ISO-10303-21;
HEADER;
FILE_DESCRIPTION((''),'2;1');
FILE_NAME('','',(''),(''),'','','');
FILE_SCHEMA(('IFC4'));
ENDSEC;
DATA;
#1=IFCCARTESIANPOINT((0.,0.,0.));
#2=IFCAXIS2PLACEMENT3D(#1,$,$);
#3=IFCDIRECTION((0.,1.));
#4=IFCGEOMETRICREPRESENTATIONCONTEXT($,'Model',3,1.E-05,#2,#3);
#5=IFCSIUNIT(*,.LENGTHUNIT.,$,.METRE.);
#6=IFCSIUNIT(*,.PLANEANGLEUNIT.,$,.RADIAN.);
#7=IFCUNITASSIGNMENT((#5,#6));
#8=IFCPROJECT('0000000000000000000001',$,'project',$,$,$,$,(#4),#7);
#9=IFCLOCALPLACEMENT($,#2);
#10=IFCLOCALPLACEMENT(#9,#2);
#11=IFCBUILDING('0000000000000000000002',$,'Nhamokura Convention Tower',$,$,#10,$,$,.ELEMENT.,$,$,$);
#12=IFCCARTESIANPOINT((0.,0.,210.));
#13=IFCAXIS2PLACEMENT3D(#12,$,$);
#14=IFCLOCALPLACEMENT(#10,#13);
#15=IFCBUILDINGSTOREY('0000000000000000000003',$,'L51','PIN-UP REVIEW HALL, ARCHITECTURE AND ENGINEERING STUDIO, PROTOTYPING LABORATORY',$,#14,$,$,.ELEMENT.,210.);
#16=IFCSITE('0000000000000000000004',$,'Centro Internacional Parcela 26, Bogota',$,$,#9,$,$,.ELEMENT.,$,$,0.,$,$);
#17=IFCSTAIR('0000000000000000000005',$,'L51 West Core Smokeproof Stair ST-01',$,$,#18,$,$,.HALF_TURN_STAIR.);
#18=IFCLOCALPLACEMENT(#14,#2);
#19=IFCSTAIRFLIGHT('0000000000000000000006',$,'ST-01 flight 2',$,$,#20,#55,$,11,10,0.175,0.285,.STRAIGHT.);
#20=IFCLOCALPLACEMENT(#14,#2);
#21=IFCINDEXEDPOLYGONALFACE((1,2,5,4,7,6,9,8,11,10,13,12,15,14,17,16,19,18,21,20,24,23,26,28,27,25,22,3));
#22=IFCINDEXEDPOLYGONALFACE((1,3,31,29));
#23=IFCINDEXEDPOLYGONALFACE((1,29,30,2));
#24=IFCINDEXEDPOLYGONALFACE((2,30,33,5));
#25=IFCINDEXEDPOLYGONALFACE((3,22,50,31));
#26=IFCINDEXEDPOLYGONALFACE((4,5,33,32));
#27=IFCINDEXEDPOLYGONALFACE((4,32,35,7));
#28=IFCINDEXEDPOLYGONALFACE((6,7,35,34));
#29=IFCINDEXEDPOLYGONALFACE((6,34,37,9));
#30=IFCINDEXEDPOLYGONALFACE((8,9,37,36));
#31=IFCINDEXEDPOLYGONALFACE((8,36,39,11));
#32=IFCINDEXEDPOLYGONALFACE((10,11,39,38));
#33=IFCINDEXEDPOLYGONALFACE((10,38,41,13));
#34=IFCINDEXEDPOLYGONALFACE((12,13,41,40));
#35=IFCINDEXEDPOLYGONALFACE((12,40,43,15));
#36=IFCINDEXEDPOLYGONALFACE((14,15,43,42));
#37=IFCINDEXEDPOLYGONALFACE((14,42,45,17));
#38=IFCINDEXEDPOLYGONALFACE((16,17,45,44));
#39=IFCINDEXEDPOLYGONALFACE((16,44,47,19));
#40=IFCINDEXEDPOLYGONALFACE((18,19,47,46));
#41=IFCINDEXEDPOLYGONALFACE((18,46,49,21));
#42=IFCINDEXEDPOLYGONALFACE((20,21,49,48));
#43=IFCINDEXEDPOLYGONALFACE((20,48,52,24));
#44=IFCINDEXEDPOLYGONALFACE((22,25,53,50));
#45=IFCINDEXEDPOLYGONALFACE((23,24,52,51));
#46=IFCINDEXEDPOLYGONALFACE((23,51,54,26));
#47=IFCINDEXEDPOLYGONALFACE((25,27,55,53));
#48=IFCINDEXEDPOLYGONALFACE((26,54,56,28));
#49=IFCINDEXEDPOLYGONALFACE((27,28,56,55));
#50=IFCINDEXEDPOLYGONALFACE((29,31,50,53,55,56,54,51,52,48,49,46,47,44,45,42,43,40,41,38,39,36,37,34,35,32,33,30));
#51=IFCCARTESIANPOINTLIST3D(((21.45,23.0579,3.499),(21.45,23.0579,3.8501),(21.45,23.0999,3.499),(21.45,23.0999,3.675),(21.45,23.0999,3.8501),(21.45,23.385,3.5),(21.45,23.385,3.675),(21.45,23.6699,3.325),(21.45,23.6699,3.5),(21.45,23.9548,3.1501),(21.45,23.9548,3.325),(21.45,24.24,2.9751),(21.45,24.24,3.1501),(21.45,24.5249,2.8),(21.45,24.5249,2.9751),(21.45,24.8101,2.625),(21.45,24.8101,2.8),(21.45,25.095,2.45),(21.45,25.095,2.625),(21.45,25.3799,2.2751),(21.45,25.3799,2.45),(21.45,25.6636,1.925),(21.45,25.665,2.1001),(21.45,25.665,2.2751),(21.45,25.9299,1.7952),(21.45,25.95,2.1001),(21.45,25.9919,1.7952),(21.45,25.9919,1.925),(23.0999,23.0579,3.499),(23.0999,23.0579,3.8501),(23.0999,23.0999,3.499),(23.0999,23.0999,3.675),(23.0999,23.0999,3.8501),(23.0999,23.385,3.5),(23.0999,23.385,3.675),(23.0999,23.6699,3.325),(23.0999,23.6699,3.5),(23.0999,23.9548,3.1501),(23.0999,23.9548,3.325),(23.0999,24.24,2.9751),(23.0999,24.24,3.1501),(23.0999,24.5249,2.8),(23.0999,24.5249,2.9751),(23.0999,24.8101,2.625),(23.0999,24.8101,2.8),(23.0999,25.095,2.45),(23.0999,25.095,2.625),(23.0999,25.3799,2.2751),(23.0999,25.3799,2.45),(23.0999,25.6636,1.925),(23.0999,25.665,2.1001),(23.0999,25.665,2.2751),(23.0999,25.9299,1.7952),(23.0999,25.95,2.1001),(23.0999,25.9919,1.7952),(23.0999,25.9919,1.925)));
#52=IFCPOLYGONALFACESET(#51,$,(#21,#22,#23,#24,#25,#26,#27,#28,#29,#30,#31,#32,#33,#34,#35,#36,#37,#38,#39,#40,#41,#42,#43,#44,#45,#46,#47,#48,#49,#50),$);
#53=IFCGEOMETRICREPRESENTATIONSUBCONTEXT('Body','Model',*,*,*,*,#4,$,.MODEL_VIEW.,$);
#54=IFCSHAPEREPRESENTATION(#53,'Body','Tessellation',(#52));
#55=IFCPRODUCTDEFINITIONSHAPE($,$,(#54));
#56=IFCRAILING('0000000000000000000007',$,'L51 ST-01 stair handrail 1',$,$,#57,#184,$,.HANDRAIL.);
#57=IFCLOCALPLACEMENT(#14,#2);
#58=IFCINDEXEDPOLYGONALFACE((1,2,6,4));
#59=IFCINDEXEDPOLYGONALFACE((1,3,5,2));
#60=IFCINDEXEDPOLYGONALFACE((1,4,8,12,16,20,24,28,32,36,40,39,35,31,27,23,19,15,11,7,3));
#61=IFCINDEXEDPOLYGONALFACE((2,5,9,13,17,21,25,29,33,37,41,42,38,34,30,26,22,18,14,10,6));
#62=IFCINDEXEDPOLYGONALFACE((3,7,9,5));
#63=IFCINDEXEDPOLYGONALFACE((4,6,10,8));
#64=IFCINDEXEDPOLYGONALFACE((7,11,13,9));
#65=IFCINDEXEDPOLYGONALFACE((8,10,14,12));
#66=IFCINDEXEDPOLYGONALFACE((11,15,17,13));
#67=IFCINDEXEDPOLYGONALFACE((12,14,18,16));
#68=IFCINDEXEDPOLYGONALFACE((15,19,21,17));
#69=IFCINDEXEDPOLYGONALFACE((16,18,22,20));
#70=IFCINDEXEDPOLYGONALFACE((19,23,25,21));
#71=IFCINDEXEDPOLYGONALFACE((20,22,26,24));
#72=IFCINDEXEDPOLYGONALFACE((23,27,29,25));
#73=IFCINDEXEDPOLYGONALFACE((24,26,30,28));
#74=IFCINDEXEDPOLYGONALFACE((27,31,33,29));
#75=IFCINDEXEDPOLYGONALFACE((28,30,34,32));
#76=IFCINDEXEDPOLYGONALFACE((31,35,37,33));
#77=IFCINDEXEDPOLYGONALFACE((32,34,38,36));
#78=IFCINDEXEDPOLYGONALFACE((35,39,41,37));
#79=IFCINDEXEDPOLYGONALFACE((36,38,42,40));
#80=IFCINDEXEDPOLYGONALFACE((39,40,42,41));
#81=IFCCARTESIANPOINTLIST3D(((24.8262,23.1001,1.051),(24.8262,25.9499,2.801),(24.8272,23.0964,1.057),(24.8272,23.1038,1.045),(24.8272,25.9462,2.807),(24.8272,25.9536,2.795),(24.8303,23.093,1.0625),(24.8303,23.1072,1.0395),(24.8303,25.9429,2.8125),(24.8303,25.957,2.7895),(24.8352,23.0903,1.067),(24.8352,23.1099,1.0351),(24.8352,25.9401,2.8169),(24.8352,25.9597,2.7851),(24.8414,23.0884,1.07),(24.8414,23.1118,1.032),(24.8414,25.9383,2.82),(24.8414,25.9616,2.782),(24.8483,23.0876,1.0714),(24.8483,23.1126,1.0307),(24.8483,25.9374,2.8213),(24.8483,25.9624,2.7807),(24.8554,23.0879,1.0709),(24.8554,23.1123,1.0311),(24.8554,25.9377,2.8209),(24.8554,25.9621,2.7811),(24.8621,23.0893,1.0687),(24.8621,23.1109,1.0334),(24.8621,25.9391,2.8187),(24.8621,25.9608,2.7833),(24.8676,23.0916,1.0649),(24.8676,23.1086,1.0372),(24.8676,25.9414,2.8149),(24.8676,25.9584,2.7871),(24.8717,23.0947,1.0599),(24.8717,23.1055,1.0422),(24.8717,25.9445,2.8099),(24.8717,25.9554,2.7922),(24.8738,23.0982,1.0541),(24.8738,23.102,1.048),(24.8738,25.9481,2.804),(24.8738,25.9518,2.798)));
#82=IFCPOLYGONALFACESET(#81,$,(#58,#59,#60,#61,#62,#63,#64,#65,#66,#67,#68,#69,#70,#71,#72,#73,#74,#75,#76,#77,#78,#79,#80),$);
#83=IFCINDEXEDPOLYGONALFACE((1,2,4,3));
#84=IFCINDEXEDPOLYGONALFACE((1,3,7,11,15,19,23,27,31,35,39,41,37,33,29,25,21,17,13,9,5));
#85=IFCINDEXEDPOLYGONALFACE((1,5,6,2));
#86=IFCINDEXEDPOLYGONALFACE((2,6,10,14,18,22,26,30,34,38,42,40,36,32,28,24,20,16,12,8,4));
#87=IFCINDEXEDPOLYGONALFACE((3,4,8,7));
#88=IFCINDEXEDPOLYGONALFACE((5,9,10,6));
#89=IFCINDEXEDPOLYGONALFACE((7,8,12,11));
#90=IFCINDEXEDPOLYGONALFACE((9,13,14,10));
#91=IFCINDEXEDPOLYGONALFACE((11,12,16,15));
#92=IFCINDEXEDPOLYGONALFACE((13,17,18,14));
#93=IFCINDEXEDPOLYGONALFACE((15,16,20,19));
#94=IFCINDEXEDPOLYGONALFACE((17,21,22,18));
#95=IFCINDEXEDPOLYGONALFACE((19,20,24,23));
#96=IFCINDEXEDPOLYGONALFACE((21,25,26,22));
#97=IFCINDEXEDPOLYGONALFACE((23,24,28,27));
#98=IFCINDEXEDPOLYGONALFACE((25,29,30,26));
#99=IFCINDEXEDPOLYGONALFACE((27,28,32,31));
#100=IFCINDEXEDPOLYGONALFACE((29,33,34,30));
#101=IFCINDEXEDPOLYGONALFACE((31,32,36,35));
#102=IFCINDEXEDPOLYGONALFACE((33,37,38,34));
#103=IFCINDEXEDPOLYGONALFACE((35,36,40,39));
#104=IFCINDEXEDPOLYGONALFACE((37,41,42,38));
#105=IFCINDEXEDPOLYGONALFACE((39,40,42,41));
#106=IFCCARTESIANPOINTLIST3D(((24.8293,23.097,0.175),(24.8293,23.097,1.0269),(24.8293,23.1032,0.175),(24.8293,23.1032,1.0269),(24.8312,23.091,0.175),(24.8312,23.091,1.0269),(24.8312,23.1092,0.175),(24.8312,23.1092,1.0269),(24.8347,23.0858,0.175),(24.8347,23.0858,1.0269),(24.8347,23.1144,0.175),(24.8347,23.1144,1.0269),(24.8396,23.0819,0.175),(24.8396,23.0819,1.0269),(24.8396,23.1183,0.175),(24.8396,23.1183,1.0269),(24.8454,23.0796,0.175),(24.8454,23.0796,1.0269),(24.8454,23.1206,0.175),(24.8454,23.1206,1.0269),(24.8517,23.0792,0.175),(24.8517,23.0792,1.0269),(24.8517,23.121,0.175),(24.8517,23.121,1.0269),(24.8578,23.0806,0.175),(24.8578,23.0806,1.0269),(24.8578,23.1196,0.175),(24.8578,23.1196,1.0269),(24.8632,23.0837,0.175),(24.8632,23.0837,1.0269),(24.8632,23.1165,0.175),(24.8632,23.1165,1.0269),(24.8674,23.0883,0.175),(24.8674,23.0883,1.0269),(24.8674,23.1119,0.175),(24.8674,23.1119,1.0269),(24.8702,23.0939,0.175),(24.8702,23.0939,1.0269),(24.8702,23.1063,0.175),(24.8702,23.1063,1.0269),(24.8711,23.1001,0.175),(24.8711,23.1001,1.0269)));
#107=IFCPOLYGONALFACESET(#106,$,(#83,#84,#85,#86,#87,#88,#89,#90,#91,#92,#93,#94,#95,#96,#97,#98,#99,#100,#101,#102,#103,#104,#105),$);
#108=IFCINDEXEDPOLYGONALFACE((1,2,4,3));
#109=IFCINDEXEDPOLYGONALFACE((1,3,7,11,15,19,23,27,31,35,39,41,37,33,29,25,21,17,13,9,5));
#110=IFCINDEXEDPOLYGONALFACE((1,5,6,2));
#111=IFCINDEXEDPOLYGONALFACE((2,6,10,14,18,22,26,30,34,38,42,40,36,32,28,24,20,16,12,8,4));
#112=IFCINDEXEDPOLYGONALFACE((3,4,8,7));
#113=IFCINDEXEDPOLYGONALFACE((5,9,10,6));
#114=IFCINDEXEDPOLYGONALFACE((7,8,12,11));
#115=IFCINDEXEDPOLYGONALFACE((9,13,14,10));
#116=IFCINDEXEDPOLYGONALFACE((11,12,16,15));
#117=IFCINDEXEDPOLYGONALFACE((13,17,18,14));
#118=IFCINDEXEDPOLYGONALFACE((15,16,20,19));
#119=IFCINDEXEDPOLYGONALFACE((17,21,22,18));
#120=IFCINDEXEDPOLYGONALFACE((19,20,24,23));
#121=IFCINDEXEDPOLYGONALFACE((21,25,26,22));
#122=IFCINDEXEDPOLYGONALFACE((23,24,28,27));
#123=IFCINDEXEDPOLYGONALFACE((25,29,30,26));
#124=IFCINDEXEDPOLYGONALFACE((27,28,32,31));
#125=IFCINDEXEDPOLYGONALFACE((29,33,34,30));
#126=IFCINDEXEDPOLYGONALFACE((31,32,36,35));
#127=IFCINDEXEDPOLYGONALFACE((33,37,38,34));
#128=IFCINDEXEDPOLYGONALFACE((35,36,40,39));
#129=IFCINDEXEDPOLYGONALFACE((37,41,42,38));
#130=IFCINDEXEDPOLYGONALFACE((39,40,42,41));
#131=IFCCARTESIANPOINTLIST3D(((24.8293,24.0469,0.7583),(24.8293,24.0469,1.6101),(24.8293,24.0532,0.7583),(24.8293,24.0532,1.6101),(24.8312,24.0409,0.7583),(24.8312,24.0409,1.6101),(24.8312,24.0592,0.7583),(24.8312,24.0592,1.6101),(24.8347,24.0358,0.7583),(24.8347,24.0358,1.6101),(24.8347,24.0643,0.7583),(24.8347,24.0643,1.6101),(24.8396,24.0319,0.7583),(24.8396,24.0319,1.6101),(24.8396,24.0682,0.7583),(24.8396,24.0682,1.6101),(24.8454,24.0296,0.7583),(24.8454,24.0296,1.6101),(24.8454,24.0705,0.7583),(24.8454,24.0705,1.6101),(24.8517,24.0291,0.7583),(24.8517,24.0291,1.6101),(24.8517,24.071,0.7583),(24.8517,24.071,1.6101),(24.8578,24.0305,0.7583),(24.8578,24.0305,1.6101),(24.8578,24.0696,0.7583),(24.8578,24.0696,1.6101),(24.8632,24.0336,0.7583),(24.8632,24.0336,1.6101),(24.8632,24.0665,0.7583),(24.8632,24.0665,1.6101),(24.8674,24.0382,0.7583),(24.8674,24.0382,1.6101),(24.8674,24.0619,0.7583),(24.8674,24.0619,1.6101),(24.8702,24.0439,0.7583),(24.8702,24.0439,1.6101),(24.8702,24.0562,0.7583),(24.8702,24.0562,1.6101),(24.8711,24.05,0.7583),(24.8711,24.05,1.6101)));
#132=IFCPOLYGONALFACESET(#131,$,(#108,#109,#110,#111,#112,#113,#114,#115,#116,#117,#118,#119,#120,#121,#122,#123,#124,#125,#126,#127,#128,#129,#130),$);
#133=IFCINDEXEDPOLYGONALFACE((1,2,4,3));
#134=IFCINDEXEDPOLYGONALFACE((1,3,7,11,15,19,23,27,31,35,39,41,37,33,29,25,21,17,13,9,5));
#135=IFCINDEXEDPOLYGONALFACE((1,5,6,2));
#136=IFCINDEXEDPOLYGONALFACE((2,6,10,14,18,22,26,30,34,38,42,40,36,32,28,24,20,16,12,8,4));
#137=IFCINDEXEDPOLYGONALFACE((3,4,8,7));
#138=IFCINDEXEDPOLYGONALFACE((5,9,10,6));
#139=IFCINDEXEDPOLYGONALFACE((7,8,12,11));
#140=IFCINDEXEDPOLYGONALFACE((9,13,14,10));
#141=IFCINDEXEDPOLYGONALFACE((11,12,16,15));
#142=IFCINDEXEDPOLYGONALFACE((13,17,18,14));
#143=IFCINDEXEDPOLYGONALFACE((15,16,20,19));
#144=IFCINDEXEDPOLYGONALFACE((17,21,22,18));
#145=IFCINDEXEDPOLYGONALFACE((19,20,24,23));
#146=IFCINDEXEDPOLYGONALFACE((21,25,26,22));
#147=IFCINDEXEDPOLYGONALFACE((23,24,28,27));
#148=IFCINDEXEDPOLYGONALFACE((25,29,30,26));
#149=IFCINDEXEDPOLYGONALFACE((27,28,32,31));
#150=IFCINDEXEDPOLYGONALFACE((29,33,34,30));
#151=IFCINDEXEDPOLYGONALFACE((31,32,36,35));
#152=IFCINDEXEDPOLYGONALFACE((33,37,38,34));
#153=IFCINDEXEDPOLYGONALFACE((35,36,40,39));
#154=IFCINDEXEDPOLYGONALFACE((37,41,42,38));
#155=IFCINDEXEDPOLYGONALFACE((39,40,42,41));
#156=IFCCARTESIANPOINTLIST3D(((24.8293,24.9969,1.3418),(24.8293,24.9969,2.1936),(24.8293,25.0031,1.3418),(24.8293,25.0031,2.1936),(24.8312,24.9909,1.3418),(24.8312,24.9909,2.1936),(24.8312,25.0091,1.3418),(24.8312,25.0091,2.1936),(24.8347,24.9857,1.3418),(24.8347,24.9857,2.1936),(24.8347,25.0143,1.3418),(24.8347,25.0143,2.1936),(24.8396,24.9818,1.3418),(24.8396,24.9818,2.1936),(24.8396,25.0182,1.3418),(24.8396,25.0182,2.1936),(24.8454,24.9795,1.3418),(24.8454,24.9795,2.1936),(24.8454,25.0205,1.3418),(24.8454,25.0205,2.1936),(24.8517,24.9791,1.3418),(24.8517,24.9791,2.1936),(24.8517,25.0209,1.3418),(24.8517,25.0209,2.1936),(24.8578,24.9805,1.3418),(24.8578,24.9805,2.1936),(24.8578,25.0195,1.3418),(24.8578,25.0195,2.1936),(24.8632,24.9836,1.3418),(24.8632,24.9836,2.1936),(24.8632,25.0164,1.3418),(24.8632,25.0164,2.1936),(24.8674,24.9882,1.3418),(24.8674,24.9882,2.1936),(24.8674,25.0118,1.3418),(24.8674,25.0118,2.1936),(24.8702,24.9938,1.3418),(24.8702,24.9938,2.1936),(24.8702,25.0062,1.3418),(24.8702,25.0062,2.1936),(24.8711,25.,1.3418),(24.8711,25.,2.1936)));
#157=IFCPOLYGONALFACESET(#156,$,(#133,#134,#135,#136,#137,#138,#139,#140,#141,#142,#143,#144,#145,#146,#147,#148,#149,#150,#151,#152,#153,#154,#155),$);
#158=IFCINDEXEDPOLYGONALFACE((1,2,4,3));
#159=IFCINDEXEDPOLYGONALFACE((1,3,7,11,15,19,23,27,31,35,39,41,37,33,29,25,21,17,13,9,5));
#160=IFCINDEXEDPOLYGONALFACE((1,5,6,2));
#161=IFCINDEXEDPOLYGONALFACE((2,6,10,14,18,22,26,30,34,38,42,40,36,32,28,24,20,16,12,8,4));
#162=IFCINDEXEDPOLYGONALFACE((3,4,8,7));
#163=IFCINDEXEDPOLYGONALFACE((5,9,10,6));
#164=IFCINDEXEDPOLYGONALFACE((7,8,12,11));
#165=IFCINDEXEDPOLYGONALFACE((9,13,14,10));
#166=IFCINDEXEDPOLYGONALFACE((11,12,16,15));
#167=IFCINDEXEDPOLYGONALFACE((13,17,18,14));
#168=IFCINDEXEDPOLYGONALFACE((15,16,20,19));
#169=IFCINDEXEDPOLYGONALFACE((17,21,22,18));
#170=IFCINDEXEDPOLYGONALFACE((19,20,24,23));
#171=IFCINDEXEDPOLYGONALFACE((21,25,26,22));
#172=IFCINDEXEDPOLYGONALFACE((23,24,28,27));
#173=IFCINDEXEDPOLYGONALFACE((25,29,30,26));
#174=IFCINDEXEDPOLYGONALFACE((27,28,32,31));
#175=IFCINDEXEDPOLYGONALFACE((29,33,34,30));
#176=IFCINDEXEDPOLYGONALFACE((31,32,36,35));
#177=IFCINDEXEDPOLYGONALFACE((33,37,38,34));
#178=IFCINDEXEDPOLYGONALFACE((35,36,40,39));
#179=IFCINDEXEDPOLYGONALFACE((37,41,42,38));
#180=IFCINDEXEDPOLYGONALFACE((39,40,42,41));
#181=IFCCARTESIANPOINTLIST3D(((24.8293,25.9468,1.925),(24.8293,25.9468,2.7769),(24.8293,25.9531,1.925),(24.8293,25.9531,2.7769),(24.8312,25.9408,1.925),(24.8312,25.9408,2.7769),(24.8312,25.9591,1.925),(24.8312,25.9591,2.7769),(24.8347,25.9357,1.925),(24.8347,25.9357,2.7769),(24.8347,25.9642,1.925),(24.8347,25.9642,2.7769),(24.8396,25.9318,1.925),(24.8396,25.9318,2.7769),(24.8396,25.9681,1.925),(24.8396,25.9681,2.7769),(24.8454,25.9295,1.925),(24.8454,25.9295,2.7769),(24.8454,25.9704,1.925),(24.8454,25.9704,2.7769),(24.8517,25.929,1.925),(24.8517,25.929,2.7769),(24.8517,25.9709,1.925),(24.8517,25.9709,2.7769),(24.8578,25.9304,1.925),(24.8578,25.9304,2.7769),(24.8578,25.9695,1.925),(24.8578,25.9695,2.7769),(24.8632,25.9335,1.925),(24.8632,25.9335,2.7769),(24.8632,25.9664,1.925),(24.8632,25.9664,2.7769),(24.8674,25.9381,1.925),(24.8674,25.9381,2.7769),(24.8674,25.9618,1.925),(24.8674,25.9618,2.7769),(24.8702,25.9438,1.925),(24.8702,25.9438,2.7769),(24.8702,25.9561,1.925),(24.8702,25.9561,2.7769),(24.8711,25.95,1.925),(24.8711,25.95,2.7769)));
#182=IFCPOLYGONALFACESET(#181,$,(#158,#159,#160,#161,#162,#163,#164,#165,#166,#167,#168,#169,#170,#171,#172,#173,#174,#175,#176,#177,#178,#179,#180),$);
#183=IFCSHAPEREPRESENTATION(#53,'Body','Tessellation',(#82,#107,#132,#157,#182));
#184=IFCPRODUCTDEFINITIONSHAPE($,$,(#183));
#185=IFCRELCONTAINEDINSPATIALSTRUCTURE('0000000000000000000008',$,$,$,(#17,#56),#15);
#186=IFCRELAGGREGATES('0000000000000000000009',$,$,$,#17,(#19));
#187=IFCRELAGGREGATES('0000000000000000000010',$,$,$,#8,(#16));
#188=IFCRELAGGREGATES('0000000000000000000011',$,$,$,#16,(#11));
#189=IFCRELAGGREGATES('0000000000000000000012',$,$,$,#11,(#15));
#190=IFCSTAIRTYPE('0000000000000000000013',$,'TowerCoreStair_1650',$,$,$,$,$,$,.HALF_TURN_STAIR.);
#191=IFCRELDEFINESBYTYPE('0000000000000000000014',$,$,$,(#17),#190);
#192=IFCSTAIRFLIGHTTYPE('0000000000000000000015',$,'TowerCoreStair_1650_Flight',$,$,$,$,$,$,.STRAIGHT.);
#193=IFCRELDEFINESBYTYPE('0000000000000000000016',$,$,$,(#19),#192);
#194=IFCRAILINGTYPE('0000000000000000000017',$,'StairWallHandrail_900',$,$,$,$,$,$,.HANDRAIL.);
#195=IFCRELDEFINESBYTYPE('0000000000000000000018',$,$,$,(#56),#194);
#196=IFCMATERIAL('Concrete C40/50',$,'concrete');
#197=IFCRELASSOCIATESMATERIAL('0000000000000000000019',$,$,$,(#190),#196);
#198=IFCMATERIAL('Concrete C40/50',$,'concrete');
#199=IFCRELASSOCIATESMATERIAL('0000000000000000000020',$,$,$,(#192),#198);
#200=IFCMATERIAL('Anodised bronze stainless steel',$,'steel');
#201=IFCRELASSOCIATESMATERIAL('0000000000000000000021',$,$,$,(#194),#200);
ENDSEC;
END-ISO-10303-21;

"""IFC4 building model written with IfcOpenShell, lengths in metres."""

from ifc_helpers import new_model, si_unit, direction, frame, origin, origin_2d, place, context, subcontext, project, spatial, polyline, circle, outline, extrude, material, type_object, element, aggregate, save


model = new_model("IFC4")

# Units and contexts
model_context = context("Model", 3, precision=1e-05, world=origin(), true_north=direction((0.0, 1.0)))
body_context = subcontext(model_context, "Body", "Model", "MODEL_VIEW")
ifc_project = project(units=[si_unit("LENGTHUNIT", "METRE"), si_unit("PLANEANGLEUNIT", "RADIAN")], contexts=[model_context])

# Site, building, storey
site_placement = place(None, origin())
site = spatial("IfcSite", under=ifc_project, at=site_placement, Name="Centro Internacional Parcela 26, Bogota", CompositionType="ELEMENT", RefElevation=0.0)
building_placement = place(site_placement, origin())
building = spatial("IfcBuilding", under=site, at=building_placement, Name="Nhamokura Convention Tower", CompositionType="ELEMENT")
storey_placement = place(building_placement, frame((0.0, 0.0, 210.0)))
storey = spatial("IfcBuildingStorey", under=building, at=storey_placement, Name="L51", Description="PIN-UP REVIEW HALL, ARCHITECTURE AND ENGINEERING STUDIO, PROTOTYPING LABORATORY", CompositionType="ELEMENT", Elevation=210.0)

# Stair, stair flight
ifc_material_1 = material(Name="Concrete C40/50", Category="concrete")
stair_type = type_object("IfcStairType", Name="TowerCoreStair_1650", PredefinedType="HALF_TURN_STAIR", material=ifc_material_1)
stair_placement = place(storey_placement, origin())
stair = element("IfcStair", 1, at=stair_placement, inside=storey, type_object=stair_type, Name="L51 West Core Smokeproof Stair ST-01", PredefinedType="HALF_TURN_STAIR")
ifc_material_2 = material(Name="Concrete C40/50", Category="concrete")
stair_flight_type = type_object("IfcStairFlightType", Name="TowerCoreStair_1650_Flight", PredefinedType="STRAIGHT", material=ifc_material_2)
stair_flight_1_placement = place(storey_placement, frame((22.2749, 25.95, 1.925), z_axis=(0.0, 0.0, 1.0), x_axis=(0.0, -1.0, 0.0)))
stair_flight_1 = element("IfcStairFlight", 2, at=stair_flight_1_placement, type_object=stair_flight_type, Name="ST-01 flight 2", NumberOfRisers=11, NumberOfTreads=10, PredefinedType="STRAIGHT", RiserHeight=0.175, TreadLength=0.285, context=body_context, shape_type="SweptSolid", body=[
    extrude(outline(polyline([(-0.042, 0.0), (0.0, 0.175), (0.2849, 0.175), (0.2849, 0.3501), (0.5701, 0.3501), (0.5701, 0.5249), (0.855, 0.5249), (0.855, 0.7), (1.1399, 0.7), (1.1399, 0.875), (1.425, 0.875), (1.425, 1.05), (1.71, 1.05), (1.71, 1.2251), (1.9951, 1.2251), (1.9951, 1.3999), (2.28, 1.3999), (2.28, 1.575), (2.5649, 1.575), (2.5649, 1.75), (2.8501, 1.75), (2.8501, 1.925), (2.8921, 1.925), (2.8921, 1.574), (2.8501, 1.574), (0.2864, 0.0), (0.02, -0.1299), (-0.042, -0.1299), (-0.042, 0.0)])), frame((0.0, 0.825, 0.0), z_axis=(0.0, -1.0, 0.0), x_axis=(1.0, 0.0, 0.0)), (0.0, 0.0, 1.0), 1.6499),
])
aggregate(stair, [stair_flight_1])

# Railing
ifc_material_3 = material(Name="Anodised bronze stainless steel", Category="steel")
railing_type_1 = type_object("IfcRailingType", Name="StairWallHandrail_900", PredefinedType="HANDRAIL", material=ifc_material_3)
railing_1_placement = place(storey_placement, frame((24.8501, 23.1001, 0.175)))
element("IfcRailing", 3, at=railing_1_placement, inside=storey, type_object=railing_type_1, Name="L51 ST-01 stair handrail 1", PredefinedType="HANDRAIL", context=body_context, shape_type="SweptSolid", body=[
    extrude(circle(Radius=0.0239, at=origin_2d()), frame((0.0, 0.0, 0.876), z_axis=(0.0, 0.852159, 0.523283), x_axis=(-1.0, 0.0, 0.0)), (0.0, 0.0, 1.0), 3.3442),
    extrude(circle(Radius=0.021, at=origin_2d()), origin(), (0.0, 0.0, 1.0), 0.8518),
    extrude(circle(Radius=0.021, at=origin_2d()), frame((0.0, 0.95, 0.5833)), (0.0, 0.0, 1.0), 0.8518),
    extrude(circle(Radius=0.021, at=origin_2d()), frame((0.0, 1.8999, 1.1667)), (0.0, 0.0, 1.0), 0.8518),
    extrude(circle(Radius=0.021, at=origin_2d()), frame((0.0, 2.8499, 1.75)), (0.0, 0.0, 1.0), 0.8518),
])

save(model, "model.ifc")
